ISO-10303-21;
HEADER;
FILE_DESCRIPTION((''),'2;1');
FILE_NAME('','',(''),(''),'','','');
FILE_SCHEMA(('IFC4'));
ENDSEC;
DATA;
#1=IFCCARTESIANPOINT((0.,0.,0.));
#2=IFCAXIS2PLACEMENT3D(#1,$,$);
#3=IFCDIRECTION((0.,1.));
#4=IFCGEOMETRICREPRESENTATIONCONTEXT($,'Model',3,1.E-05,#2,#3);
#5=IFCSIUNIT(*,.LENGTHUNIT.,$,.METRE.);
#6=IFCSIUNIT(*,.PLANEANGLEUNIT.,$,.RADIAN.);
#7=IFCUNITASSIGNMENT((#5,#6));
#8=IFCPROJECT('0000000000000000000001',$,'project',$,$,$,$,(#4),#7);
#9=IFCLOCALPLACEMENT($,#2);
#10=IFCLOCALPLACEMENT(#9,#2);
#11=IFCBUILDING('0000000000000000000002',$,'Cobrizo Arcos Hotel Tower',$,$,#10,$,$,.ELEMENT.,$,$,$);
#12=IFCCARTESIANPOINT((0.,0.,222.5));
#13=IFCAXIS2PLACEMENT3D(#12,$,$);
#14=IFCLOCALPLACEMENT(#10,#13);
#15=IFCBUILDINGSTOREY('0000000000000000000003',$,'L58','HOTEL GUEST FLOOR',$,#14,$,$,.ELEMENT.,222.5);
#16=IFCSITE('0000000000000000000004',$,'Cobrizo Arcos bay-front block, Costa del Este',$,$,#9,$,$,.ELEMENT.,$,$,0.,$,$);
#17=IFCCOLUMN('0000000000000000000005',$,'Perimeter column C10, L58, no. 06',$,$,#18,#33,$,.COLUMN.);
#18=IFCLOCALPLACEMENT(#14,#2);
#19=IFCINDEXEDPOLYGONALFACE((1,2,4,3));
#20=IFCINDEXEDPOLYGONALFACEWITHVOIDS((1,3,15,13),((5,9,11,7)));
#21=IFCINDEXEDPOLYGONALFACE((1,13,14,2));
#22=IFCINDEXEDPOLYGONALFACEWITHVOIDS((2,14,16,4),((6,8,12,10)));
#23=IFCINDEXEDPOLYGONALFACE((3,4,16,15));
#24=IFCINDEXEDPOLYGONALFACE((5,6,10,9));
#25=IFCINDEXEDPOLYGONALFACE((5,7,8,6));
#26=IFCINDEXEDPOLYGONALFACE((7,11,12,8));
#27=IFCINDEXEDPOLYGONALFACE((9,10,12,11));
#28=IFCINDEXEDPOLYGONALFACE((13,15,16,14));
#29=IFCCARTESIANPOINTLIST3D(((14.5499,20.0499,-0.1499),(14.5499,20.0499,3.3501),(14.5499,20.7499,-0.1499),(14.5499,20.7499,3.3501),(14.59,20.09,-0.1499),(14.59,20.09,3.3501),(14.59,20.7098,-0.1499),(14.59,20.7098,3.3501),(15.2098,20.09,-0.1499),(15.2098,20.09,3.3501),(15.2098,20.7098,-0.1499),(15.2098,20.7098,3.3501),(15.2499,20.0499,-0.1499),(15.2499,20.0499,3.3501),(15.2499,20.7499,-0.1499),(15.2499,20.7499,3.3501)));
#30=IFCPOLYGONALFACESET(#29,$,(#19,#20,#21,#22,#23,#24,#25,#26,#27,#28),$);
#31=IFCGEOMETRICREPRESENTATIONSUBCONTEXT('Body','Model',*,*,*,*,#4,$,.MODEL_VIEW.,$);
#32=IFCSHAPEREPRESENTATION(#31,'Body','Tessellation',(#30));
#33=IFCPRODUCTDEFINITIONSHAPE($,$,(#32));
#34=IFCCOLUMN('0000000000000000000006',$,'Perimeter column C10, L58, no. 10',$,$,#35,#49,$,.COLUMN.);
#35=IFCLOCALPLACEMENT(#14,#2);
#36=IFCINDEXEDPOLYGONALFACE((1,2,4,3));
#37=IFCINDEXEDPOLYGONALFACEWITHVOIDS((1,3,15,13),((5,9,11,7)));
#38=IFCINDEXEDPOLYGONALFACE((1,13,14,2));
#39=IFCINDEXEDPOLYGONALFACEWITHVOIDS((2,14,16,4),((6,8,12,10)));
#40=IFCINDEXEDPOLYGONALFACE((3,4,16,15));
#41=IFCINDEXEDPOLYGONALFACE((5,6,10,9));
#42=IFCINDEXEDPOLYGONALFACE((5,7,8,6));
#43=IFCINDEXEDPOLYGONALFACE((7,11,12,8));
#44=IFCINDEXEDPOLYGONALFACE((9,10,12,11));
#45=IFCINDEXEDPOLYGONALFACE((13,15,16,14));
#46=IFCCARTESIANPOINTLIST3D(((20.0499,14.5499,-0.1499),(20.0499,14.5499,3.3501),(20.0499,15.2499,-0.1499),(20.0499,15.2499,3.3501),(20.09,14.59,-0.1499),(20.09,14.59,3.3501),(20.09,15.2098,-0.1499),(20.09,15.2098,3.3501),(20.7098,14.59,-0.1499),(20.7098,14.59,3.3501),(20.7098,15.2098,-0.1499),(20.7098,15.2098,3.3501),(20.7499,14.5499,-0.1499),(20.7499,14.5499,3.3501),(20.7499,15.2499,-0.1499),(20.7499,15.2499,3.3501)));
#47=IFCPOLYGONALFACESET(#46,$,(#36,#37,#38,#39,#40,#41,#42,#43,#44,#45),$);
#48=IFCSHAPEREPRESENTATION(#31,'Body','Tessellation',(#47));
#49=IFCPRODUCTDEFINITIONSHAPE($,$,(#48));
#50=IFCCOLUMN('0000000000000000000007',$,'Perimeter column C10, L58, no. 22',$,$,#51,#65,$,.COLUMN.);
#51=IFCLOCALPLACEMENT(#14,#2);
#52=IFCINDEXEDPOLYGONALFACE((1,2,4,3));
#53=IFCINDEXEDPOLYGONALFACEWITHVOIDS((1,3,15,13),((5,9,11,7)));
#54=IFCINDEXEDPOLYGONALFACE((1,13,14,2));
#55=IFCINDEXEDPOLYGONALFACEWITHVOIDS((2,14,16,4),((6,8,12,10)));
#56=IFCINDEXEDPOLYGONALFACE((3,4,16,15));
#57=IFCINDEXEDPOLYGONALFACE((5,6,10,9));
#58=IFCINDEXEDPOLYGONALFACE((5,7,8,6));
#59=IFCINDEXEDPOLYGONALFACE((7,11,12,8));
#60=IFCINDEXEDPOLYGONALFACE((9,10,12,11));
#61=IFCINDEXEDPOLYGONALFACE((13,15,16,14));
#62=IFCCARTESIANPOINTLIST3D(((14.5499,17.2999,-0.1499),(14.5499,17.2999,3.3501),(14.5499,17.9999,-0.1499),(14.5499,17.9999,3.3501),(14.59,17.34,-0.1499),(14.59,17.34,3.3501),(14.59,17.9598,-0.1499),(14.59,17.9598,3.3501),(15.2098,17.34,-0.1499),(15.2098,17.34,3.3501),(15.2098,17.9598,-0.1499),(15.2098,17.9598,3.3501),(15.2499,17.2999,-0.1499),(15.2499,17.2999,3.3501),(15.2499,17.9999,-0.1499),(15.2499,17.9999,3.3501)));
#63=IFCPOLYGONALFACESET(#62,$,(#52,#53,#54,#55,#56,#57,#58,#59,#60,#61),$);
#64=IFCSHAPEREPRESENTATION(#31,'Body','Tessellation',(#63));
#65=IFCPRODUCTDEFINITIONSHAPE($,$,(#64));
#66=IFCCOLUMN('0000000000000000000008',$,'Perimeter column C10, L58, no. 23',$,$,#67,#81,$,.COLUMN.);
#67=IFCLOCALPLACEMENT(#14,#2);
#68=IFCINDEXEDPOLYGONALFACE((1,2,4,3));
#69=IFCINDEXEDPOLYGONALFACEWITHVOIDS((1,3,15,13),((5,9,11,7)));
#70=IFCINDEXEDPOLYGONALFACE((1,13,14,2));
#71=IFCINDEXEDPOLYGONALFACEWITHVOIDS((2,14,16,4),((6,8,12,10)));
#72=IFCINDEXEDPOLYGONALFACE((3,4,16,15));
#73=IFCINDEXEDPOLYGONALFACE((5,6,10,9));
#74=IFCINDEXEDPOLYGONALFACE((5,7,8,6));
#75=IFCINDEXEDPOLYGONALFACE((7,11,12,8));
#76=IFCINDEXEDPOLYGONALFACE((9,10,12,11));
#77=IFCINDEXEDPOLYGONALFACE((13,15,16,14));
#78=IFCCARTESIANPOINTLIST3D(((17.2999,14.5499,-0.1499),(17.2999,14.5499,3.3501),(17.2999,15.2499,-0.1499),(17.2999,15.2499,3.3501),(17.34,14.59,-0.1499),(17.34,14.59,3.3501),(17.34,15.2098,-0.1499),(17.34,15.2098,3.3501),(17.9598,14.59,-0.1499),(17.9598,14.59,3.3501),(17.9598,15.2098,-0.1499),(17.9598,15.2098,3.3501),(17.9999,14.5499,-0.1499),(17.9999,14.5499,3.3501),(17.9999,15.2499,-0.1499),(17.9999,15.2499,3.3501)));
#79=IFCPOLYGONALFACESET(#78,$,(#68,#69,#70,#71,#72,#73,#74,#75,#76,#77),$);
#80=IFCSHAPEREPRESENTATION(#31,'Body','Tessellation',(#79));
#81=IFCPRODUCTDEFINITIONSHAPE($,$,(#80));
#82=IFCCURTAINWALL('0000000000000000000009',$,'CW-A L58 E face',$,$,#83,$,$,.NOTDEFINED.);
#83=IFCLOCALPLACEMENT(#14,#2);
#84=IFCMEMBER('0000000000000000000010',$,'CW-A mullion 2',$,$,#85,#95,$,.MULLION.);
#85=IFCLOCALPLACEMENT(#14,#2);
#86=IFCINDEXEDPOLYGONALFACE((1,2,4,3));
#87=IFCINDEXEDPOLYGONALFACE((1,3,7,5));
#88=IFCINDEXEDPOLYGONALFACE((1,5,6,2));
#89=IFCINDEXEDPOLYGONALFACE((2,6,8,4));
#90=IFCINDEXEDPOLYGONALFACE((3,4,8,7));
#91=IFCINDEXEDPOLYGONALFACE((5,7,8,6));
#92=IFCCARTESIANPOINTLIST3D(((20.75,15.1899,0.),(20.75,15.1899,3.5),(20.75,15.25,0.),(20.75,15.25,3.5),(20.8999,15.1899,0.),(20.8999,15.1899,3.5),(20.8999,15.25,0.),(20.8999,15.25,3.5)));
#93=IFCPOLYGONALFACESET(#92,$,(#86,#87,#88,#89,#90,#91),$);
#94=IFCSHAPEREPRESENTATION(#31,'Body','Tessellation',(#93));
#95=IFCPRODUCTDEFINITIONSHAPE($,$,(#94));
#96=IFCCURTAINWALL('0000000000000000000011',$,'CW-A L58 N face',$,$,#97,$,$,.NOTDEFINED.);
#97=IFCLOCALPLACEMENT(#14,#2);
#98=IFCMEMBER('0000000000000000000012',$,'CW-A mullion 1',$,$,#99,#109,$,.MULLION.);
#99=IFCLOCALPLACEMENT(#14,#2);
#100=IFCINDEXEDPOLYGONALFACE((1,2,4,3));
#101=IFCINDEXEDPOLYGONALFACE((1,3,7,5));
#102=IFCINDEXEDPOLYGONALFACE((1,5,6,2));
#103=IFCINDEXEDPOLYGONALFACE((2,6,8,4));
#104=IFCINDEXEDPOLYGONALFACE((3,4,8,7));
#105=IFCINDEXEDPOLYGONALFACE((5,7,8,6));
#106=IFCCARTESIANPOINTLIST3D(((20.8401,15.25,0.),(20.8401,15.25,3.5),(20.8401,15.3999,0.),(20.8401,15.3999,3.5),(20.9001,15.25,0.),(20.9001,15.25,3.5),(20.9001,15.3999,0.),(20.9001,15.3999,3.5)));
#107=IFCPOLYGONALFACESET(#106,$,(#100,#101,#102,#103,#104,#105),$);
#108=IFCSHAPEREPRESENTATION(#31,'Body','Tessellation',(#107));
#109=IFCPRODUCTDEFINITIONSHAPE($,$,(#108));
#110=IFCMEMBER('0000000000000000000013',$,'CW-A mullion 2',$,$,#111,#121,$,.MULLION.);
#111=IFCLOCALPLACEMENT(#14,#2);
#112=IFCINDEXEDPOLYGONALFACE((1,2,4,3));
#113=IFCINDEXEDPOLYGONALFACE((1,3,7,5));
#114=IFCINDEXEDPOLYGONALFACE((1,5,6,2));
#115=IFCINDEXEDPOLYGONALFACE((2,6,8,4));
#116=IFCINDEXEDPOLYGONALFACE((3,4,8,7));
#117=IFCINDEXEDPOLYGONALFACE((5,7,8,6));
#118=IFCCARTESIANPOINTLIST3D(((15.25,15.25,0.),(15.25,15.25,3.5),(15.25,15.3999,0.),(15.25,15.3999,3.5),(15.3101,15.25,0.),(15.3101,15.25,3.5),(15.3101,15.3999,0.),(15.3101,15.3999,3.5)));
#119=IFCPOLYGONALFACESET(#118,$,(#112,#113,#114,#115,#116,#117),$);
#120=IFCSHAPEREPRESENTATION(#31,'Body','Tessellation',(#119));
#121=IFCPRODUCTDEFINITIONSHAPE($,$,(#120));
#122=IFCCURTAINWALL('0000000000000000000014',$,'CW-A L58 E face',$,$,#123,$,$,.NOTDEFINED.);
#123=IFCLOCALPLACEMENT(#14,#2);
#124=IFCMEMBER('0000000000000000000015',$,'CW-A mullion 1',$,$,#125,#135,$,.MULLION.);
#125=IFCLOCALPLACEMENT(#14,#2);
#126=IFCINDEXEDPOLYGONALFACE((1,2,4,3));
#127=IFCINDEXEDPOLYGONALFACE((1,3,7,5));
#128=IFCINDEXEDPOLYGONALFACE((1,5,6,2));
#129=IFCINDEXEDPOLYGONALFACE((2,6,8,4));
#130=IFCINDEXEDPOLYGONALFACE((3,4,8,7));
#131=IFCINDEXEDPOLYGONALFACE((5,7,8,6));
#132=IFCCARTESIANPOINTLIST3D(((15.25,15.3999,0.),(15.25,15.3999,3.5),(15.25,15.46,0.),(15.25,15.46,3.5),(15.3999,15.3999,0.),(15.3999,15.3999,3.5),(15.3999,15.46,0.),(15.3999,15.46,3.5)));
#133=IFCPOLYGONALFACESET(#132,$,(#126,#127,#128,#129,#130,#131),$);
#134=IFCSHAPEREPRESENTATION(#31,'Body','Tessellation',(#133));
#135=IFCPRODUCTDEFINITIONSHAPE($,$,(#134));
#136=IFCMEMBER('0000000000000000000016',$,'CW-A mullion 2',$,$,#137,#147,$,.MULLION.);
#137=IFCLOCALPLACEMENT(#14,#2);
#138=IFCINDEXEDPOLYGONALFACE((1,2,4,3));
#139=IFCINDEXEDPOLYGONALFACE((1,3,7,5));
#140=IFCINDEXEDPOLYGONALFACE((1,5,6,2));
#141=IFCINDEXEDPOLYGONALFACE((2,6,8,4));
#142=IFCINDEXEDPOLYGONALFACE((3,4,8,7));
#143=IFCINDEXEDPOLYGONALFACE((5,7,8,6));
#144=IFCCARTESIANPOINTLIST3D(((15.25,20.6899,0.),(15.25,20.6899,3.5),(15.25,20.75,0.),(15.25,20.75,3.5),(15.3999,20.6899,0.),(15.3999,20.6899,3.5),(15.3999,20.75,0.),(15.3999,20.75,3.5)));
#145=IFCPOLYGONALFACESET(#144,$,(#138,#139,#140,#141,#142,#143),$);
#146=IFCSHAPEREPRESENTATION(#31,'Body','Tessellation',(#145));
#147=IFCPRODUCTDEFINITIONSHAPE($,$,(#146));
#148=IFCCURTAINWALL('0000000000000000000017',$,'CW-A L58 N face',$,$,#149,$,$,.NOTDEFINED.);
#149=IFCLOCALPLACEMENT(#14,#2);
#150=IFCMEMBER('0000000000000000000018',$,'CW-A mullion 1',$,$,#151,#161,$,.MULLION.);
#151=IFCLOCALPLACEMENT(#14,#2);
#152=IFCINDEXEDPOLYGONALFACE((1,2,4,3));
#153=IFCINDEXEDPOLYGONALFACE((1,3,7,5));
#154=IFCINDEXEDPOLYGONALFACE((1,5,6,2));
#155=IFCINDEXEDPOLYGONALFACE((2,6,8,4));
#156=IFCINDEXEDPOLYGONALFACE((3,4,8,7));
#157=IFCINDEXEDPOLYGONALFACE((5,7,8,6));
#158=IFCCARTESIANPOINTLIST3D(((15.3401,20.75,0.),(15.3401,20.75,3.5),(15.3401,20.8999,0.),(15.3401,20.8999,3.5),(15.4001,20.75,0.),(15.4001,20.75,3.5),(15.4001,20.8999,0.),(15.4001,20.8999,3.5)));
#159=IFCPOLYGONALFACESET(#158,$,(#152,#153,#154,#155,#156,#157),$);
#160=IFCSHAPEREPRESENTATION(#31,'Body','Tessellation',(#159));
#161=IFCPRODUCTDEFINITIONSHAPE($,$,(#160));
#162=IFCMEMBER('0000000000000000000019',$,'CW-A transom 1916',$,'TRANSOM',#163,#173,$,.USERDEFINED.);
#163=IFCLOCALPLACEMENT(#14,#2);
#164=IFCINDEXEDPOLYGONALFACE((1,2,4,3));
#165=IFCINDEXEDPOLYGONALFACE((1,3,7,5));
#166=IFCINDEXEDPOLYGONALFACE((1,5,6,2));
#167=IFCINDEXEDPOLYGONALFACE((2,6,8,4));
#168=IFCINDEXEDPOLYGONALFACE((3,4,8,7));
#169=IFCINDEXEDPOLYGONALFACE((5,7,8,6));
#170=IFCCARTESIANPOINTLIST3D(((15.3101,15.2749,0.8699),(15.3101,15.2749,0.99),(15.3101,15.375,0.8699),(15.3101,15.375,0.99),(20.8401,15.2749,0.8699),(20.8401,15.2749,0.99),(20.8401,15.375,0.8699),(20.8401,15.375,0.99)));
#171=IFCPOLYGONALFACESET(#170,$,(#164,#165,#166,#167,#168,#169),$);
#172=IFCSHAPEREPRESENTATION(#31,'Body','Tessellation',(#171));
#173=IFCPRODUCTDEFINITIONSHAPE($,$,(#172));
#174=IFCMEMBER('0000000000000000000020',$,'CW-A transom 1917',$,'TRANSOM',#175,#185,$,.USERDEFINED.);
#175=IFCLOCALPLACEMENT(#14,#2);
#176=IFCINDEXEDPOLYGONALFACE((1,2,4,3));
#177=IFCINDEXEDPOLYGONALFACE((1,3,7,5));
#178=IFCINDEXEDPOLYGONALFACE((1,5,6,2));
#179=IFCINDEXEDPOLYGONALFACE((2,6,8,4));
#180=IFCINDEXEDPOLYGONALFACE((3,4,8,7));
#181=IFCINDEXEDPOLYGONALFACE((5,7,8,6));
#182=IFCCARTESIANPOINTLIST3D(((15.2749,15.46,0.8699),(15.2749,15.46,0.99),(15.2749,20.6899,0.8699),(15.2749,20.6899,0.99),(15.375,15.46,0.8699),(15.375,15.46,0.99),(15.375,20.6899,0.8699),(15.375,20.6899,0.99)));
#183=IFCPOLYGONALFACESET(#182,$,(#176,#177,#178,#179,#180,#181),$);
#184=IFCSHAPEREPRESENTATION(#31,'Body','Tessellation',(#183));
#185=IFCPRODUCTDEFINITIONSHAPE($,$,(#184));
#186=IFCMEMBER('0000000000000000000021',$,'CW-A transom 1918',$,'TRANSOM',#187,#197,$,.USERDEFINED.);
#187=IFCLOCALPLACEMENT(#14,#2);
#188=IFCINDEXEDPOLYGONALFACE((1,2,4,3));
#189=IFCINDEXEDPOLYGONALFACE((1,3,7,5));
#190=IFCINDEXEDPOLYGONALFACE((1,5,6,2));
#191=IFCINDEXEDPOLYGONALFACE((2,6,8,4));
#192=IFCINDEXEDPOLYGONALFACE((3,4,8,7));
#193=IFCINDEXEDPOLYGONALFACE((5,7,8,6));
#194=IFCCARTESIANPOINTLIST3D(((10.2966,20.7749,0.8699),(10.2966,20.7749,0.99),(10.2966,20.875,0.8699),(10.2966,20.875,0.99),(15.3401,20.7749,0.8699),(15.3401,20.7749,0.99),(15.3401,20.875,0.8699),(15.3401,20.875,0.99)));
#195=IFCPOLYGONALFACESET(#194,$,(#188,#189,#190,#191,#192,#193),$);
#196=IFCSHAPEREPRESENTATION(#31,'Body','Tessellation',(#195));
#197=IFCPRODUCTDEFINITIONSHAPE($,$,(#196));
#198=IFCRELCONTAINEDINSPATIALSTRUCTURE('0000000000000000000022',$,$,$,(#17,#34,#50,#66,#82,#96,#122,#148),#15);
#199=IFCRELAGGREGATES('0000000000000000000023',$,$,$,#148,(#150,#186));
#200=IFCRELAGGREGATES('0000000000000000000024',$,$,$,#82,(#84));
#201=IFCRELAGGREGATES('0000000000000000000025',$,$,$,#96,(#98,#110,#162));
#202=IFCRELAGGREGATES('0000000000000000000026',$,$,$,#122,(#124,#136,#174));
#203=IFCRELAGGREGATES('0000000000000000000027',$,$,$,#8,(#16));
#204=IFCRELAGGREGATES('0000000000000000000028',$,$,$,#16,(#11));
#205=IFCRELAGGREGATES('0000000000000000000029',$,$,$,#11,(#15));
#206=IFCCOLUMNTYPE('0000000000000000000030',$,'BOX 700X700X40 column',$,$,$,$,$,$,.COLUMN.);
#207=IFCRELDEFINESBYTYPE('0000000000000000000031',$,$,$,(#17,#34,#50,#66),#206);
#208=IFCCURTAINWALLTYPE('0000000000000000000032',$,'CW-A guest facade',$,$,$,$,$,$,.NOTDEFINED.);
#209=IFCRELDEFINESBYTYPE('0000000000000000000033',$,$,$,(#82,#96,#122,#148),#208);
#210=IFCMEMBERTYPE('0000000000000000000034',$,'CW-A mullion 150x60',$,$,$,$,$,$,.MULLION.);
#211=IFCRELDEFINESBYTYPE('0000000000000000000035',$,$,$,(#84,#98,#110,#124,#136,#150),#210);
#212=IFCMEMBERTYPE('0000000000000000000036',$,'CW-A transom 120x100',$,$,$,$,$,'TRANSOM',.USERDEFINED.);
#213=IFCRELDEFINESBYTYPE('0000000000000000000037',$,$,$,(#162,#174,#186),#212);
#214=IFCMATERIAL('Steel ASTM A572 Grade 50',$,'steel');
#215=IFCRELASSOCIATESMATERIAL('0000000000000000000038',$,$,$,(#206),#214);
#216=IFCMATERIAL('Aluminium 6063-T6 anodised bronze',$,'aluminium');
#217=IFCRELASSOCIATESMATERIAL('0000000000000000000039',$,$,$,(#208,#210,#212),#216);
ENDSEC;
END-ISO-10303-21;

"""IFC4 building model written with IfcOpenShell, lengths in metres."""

from ifc_helpers import new_model, si_unit, direction, frame, origin, origin_2d, place, context, subcontext, project, spatial, rectangle, hollow_rectangle, extrude, material, material_profile, profile_set, type_object, element, aggregate, save


model = new_model("IFC4")

# Units and contexts
model_context = context("Model", 3, precision=1e-05, world=origin(), true_north=direction((0.0, 1.0)))
body_context = subcontext(model_context, "Body", "Model", "MODEL_VIEW")
ifc_project = project(units=[si_unit("LENGTHUNIT", "METRE"), si_unit("PLANEANGLEUNIT", "RADIAN")], contexts=[model_context])

# Site, building, storey
site_placement = place(None, origin())
site = spatial("IfcSite", under=ifc_project, at=site_placement, Name="Cobrizo Arcos bay-front block, Costa del Este", CompositionType="ELEMENT", RefElevation=0.0)
building_placement = place(site_placement, origin())
building = spatial("IfcBuilding", under=site, at=building_placement, Name="Cobrizo Arcos Hotel Tower", CompositionType="ELEMENT")
storey_placement = place(building_placement, frame((0.0, 0.0, 222.5)))
storey = spatial("IfcBuildingStorey", under=building, at=storey_placement, Name="L58", Description="HOTEL GUEST FLOOR", CompositionType="ELEMENT", Elevation=222.5)

# Columns
ifc_material_1 = material(Name="Steel ASTM A572 Grade 50", Category="steel")
ifc_material_profile_1 = material_profile(ifc_material_1, hollow_rectangle(XDim=0.7, YDim=0.7, WallThickness=0.04, at=origin_2d()), Name="BOX 700X700X40")
ifc_profile_set_1 = profile_set([ifc_material_profile_1], Name="Steel ASTM A572 Grade 50")
column_type = type_object("IfcColumnType", Name="BOX 700X700X40 column", PredefinedType="COLUMN", material=ifc_profile_set_1)
for number, where, z_axis, x_axis, name in (
    (1, (14.8999, 20.3999, -0.1499), (0.0, 0.0, 1.0), (1.0, 0.0, 0.0), "Perimeter column C10, L58, no. 06"),
    (2, (20.3999, 14.8999, -0.1499), (0.0, 0.0, 1.0), (1.0, 0.0, 0.0), "Perimeter column C10, L58, no. 10"),
    (3, (14.8999, 17.6499, -0.1499), (0.0, 0.0, 1.0), (1.0, 0.0, 0.0), "Perimeter column C10, L58, no. 22"),
    (4, (17.6499, 14.8999, -0.1499), (0.0, 0.0, 1.0), (1.0, 0.0, 0.0), "Perimeter column C10, L58, no. 23"),
):
    element("IfcColumn", number, at=place(storey_placement, frame(where, z_axis=z_axis, x_axis=x_axis)), inside=storey, type_object=column_type, Name=name, PredefinedType="COLUMN", context=body_context, shape_type="SweptSolid", body=[
        extrude(hollow_rectangle(XDim=0.7, YDim=0.7, WallThickness=0.04, at=origin_2d()), origin(), (0.0, 0.0, 1.0), 3.5),
    ])

# Curtain wall, member
ifc_material_2 = material(Name="Aluminium 6063-T6 anodised bronze", Category="aluminium")
curtain_wall_type = type_object("IfcCurtainWallType", Name="CW-A guest facade", PredefinedType="NOTDEFINED", material=ifc_material_2)
curtain_wall_1_placement = place(storey_placement, origin())
curtain_wall_1 = element("IfcCurtainWall", 5, at=curtain_wall_1_placement, inside=storey, type_object=curtain_wall_type, Name="CW-A L58 E face", PredefinedType="NOTDEFINED")
ifc_material_profile_2 = material_profile(ifc_material_2, rectangle(XDim=0.1499, YDim=0.0601, at=origin_2d()), Name="CW-A mullion 150x60")
ifc_profile_set_2 = profile_set([ifc_material_profile_2], Name="Aluminium 6063-T6 anodised bronze")
member_type_1 = type_object("IfcMemberType", Name="CW-A mullion 150x60", PredefinedType="MULLION", material=ifc_profile_set_2)
member_1_placement = place(storey_placement, frame((20.825, 15.22, 0.0), z_axis=(0.0, 0.0, 1.0), x_axis=(1.0, 0.0, 0.0)))
member_1 = element("IfcMember", 6, at=member_1_placement, type_object=member_type_1, Name="CW-A mullion 2", PredefinedType="MULLION", context=body_context, shape_type="SweptSolid", body=[
    extrude(rectangle(XDim=0.1499, YDim=0.0601, at=origin_2d()), origin(), (0.0, 0.0, 1.0), 3.5),
])

# Curtain walls, members
curtain_wall_2_placement = place(storey_placement, origin())
curtain_wall_2 = element("IfcCurtainWall", 7, at=curtain_wall_2_placement, inside=storey, type_object=curtain_wall_type, Name="CW-A L58 N face", PredefinedType="NOTDEFINED")
member_2_placement = place(storey_placement, frame((20.8701, 15.325, 0.0), z_axis=(0.0, 0.0, 1.0), x_axis=(0.0, 1.0, 0.0)))
member_2 = element("IfcMember", 8, at=member_2_placement, type_object=member_type_1, Name="CW-A mullion 1", PredefinedType="MULLION", context=body_context, shape_type="SweptSolid", body=[
    extrude(rectangle(XDim=0.1499, YDim=0.0601, at=origin_2d()), origin(), (0.0, 0.0, 1.0), 3.5),
])
member_3_placement = place(storey_placement, frame((15.28, 15.325, 0.0), z_axis=(0.0, 0.0, 1.0), x_axis=(0.0, 1.0, 0.0)))
member_3 = element("IfcMember", 9, at=member_3_placement, type_object=member_type_1, Name="CW-A mullion 2", PredefinedType="MULLION", context=body_context, shape_type="SweptSolid", body=[
    extrude(rectangle(XDim=0.1499, YDim=0.0601, at=origin_2d()), origin(), (0.0, 0.0, 1.0), 3.5),
])
curtain_wall_3_placement = place(storey_placement, origin())
curtain_wall_3 = element("IfcCurtainWall", 10, at=curtain_wall_3_placement, inside=storey, type_object=curtain_wall_type, Name="CW-A L58 E face", PredefinedType="NOTDEFINED")
member_4_placement = place(storey_placement, frame((15.325, 15.4299, 0.0), z_axis=(0.0, 0.0, 1.0), x_axis=(1.0, 0.0, 0.0)))
member_4 = element("IfcMember", 11, at=member_4_placement, type_object=member_type_1, Name="CW-A mullion 1", PredefinedType="MULLION", context=body_context, shape_type="SweptSolid", body=[
    extrude(rectangle(XDim=0.1499, YDim=0.0601, at=origin_2d()), origin(), (0.0, 0.0, 1.0), 3.5),
])
member_5_placement = place(storey_placement, frame((15.325, 20.72, 0.0), z_axis=(0.0, 0.0, 1.0), x_axis=(1.0, 0.0, 0.0)))
member_5 = element("IfcMember", 12, at=member_5_placement, type_object=member_type_1, Name="CW-A mullion 2", PredefinedType="MULLION", context=body_context, shape_type="SweptSolid", body=[
    extrude(rectangle(XDim=0.1499, YDim=0.0601, at=origin_2d()), origin(), (0.0, 0.0, 1.0), 3.5),
])

# Curtain wall, member
curtain_wall_4_placement = place(storey_placement, origin())
curtain_wall_4 = element("IfcCurtainWall", 13, at=curtain_wall_4_placement, inside=storey, type_object=curtain_wall_type, Name="CW-A L58 N face", PredefinedType="NOTDEFINED")
member_6_placement = place(storey_placement, frame((15.3701, 20.825, 0.0), z_axis=(0.0, 0.0, 1.0), x_axis=(0.0, 1.0, 0.0)))
member_6 = element("IfcMember", 14, at=member_6_placement, type_object=member_type_1, Name="CW-A mullion 1", PredefinedType="MULLION", context=body_context, shape_type="SweptSolid", body=[
    extrude(rectangle(XDim=0.1499, YDim=0.0601, at=origin_2d()), origin(), (0.0, 0.0, 1.0), 3.5),
])

# Members
ifc_material_profile_3 = material_profile(ifc_material_2, rectangle(XDim=0.1001, YDim=0.1201, at=origin_2d()), Name="CW-A transom 120x100")
ifc_profile_set_3 = profile_set([ifc_material_profile_3], Name="Aluminium 6063-T6 anodised bronze")
member_type_2 = type_object("IfcMemberType", Name="CW-A transom 120x100", ElementType="TRANSOM", PredefinedType="USERDEFINED", material=ifc_profile_set_3)
member_7_placement = place(storey_placement, frame((20.8401, 15.325, 0.9299), z_axis=(-1.0, 0.0, 0.0), x_axis=(0.0, -1.0, 0.0)))
member_7 = element("IfcMember", 15, at=member_7_placement, type_object=member_type_2, Name="CW-A transom 1916", ObjectType="TRANSOM", PredefinedType="USERDEFINED", context=body_context, shape_type="SweptSolid", body=[
    extrude(rectangle(XDim=0.1001, YDim=0.1201, at=origin_2d()), origin(), (0.0, 0.0, 1.0), 5.53),
])
member_8_placement = place(storey_placement, frame((15.325, 15.46, 0.9299), z_axis=(0.0, 1.0, 0.0), x_axis=(-1.0, 0.0, 0.0)))
member_8 = element("IfcMember", 16, at=member_8_placement, type_object=member_type_2, Name="CW-A transom 1917", ObjectType="TRANSOM", PredefinedType="USERDEFINED", context=body_context, shape_type="SweptSolid", body=[
    extrude(rectangle(XDim=0.1001, YDim=0.1201, at=origin_2d()), origin(), (0.0, 0.0, 1.0), 5.23),
])
member_9_placement = place(storey_placement, frame((15.3401, 20.825, 0.9299), z_axis=(-1.0, 0.0, 0.0), x_axis=(0.0, -1.0, 0.0)))
member_9 = element("IfcMember", 17, at=member_9_placement, type_object=member_type_2, Name="CW-A transom 1918", ObjectType="TRANSOM", PredefinedType="USERDEFINED", context=body_context, shape_type="SweptSolid", body=[
    extrude(rectangle(XDim=0.1001, YDim=0.1201, at=origin_2d()), origin(), (0.0, 0.0, 1.0), 5.0435),
])
aggregate(curtain_wall_4, [member_6, member_9])

aggregate(curtain_wall_1, [member_1])
aggregate(curtain_wall_2, [member_2, member_3, member_7])
aggregate(curtain_wall_3, [member_4, member_5, member_8])

save(model, "model.ifc")
